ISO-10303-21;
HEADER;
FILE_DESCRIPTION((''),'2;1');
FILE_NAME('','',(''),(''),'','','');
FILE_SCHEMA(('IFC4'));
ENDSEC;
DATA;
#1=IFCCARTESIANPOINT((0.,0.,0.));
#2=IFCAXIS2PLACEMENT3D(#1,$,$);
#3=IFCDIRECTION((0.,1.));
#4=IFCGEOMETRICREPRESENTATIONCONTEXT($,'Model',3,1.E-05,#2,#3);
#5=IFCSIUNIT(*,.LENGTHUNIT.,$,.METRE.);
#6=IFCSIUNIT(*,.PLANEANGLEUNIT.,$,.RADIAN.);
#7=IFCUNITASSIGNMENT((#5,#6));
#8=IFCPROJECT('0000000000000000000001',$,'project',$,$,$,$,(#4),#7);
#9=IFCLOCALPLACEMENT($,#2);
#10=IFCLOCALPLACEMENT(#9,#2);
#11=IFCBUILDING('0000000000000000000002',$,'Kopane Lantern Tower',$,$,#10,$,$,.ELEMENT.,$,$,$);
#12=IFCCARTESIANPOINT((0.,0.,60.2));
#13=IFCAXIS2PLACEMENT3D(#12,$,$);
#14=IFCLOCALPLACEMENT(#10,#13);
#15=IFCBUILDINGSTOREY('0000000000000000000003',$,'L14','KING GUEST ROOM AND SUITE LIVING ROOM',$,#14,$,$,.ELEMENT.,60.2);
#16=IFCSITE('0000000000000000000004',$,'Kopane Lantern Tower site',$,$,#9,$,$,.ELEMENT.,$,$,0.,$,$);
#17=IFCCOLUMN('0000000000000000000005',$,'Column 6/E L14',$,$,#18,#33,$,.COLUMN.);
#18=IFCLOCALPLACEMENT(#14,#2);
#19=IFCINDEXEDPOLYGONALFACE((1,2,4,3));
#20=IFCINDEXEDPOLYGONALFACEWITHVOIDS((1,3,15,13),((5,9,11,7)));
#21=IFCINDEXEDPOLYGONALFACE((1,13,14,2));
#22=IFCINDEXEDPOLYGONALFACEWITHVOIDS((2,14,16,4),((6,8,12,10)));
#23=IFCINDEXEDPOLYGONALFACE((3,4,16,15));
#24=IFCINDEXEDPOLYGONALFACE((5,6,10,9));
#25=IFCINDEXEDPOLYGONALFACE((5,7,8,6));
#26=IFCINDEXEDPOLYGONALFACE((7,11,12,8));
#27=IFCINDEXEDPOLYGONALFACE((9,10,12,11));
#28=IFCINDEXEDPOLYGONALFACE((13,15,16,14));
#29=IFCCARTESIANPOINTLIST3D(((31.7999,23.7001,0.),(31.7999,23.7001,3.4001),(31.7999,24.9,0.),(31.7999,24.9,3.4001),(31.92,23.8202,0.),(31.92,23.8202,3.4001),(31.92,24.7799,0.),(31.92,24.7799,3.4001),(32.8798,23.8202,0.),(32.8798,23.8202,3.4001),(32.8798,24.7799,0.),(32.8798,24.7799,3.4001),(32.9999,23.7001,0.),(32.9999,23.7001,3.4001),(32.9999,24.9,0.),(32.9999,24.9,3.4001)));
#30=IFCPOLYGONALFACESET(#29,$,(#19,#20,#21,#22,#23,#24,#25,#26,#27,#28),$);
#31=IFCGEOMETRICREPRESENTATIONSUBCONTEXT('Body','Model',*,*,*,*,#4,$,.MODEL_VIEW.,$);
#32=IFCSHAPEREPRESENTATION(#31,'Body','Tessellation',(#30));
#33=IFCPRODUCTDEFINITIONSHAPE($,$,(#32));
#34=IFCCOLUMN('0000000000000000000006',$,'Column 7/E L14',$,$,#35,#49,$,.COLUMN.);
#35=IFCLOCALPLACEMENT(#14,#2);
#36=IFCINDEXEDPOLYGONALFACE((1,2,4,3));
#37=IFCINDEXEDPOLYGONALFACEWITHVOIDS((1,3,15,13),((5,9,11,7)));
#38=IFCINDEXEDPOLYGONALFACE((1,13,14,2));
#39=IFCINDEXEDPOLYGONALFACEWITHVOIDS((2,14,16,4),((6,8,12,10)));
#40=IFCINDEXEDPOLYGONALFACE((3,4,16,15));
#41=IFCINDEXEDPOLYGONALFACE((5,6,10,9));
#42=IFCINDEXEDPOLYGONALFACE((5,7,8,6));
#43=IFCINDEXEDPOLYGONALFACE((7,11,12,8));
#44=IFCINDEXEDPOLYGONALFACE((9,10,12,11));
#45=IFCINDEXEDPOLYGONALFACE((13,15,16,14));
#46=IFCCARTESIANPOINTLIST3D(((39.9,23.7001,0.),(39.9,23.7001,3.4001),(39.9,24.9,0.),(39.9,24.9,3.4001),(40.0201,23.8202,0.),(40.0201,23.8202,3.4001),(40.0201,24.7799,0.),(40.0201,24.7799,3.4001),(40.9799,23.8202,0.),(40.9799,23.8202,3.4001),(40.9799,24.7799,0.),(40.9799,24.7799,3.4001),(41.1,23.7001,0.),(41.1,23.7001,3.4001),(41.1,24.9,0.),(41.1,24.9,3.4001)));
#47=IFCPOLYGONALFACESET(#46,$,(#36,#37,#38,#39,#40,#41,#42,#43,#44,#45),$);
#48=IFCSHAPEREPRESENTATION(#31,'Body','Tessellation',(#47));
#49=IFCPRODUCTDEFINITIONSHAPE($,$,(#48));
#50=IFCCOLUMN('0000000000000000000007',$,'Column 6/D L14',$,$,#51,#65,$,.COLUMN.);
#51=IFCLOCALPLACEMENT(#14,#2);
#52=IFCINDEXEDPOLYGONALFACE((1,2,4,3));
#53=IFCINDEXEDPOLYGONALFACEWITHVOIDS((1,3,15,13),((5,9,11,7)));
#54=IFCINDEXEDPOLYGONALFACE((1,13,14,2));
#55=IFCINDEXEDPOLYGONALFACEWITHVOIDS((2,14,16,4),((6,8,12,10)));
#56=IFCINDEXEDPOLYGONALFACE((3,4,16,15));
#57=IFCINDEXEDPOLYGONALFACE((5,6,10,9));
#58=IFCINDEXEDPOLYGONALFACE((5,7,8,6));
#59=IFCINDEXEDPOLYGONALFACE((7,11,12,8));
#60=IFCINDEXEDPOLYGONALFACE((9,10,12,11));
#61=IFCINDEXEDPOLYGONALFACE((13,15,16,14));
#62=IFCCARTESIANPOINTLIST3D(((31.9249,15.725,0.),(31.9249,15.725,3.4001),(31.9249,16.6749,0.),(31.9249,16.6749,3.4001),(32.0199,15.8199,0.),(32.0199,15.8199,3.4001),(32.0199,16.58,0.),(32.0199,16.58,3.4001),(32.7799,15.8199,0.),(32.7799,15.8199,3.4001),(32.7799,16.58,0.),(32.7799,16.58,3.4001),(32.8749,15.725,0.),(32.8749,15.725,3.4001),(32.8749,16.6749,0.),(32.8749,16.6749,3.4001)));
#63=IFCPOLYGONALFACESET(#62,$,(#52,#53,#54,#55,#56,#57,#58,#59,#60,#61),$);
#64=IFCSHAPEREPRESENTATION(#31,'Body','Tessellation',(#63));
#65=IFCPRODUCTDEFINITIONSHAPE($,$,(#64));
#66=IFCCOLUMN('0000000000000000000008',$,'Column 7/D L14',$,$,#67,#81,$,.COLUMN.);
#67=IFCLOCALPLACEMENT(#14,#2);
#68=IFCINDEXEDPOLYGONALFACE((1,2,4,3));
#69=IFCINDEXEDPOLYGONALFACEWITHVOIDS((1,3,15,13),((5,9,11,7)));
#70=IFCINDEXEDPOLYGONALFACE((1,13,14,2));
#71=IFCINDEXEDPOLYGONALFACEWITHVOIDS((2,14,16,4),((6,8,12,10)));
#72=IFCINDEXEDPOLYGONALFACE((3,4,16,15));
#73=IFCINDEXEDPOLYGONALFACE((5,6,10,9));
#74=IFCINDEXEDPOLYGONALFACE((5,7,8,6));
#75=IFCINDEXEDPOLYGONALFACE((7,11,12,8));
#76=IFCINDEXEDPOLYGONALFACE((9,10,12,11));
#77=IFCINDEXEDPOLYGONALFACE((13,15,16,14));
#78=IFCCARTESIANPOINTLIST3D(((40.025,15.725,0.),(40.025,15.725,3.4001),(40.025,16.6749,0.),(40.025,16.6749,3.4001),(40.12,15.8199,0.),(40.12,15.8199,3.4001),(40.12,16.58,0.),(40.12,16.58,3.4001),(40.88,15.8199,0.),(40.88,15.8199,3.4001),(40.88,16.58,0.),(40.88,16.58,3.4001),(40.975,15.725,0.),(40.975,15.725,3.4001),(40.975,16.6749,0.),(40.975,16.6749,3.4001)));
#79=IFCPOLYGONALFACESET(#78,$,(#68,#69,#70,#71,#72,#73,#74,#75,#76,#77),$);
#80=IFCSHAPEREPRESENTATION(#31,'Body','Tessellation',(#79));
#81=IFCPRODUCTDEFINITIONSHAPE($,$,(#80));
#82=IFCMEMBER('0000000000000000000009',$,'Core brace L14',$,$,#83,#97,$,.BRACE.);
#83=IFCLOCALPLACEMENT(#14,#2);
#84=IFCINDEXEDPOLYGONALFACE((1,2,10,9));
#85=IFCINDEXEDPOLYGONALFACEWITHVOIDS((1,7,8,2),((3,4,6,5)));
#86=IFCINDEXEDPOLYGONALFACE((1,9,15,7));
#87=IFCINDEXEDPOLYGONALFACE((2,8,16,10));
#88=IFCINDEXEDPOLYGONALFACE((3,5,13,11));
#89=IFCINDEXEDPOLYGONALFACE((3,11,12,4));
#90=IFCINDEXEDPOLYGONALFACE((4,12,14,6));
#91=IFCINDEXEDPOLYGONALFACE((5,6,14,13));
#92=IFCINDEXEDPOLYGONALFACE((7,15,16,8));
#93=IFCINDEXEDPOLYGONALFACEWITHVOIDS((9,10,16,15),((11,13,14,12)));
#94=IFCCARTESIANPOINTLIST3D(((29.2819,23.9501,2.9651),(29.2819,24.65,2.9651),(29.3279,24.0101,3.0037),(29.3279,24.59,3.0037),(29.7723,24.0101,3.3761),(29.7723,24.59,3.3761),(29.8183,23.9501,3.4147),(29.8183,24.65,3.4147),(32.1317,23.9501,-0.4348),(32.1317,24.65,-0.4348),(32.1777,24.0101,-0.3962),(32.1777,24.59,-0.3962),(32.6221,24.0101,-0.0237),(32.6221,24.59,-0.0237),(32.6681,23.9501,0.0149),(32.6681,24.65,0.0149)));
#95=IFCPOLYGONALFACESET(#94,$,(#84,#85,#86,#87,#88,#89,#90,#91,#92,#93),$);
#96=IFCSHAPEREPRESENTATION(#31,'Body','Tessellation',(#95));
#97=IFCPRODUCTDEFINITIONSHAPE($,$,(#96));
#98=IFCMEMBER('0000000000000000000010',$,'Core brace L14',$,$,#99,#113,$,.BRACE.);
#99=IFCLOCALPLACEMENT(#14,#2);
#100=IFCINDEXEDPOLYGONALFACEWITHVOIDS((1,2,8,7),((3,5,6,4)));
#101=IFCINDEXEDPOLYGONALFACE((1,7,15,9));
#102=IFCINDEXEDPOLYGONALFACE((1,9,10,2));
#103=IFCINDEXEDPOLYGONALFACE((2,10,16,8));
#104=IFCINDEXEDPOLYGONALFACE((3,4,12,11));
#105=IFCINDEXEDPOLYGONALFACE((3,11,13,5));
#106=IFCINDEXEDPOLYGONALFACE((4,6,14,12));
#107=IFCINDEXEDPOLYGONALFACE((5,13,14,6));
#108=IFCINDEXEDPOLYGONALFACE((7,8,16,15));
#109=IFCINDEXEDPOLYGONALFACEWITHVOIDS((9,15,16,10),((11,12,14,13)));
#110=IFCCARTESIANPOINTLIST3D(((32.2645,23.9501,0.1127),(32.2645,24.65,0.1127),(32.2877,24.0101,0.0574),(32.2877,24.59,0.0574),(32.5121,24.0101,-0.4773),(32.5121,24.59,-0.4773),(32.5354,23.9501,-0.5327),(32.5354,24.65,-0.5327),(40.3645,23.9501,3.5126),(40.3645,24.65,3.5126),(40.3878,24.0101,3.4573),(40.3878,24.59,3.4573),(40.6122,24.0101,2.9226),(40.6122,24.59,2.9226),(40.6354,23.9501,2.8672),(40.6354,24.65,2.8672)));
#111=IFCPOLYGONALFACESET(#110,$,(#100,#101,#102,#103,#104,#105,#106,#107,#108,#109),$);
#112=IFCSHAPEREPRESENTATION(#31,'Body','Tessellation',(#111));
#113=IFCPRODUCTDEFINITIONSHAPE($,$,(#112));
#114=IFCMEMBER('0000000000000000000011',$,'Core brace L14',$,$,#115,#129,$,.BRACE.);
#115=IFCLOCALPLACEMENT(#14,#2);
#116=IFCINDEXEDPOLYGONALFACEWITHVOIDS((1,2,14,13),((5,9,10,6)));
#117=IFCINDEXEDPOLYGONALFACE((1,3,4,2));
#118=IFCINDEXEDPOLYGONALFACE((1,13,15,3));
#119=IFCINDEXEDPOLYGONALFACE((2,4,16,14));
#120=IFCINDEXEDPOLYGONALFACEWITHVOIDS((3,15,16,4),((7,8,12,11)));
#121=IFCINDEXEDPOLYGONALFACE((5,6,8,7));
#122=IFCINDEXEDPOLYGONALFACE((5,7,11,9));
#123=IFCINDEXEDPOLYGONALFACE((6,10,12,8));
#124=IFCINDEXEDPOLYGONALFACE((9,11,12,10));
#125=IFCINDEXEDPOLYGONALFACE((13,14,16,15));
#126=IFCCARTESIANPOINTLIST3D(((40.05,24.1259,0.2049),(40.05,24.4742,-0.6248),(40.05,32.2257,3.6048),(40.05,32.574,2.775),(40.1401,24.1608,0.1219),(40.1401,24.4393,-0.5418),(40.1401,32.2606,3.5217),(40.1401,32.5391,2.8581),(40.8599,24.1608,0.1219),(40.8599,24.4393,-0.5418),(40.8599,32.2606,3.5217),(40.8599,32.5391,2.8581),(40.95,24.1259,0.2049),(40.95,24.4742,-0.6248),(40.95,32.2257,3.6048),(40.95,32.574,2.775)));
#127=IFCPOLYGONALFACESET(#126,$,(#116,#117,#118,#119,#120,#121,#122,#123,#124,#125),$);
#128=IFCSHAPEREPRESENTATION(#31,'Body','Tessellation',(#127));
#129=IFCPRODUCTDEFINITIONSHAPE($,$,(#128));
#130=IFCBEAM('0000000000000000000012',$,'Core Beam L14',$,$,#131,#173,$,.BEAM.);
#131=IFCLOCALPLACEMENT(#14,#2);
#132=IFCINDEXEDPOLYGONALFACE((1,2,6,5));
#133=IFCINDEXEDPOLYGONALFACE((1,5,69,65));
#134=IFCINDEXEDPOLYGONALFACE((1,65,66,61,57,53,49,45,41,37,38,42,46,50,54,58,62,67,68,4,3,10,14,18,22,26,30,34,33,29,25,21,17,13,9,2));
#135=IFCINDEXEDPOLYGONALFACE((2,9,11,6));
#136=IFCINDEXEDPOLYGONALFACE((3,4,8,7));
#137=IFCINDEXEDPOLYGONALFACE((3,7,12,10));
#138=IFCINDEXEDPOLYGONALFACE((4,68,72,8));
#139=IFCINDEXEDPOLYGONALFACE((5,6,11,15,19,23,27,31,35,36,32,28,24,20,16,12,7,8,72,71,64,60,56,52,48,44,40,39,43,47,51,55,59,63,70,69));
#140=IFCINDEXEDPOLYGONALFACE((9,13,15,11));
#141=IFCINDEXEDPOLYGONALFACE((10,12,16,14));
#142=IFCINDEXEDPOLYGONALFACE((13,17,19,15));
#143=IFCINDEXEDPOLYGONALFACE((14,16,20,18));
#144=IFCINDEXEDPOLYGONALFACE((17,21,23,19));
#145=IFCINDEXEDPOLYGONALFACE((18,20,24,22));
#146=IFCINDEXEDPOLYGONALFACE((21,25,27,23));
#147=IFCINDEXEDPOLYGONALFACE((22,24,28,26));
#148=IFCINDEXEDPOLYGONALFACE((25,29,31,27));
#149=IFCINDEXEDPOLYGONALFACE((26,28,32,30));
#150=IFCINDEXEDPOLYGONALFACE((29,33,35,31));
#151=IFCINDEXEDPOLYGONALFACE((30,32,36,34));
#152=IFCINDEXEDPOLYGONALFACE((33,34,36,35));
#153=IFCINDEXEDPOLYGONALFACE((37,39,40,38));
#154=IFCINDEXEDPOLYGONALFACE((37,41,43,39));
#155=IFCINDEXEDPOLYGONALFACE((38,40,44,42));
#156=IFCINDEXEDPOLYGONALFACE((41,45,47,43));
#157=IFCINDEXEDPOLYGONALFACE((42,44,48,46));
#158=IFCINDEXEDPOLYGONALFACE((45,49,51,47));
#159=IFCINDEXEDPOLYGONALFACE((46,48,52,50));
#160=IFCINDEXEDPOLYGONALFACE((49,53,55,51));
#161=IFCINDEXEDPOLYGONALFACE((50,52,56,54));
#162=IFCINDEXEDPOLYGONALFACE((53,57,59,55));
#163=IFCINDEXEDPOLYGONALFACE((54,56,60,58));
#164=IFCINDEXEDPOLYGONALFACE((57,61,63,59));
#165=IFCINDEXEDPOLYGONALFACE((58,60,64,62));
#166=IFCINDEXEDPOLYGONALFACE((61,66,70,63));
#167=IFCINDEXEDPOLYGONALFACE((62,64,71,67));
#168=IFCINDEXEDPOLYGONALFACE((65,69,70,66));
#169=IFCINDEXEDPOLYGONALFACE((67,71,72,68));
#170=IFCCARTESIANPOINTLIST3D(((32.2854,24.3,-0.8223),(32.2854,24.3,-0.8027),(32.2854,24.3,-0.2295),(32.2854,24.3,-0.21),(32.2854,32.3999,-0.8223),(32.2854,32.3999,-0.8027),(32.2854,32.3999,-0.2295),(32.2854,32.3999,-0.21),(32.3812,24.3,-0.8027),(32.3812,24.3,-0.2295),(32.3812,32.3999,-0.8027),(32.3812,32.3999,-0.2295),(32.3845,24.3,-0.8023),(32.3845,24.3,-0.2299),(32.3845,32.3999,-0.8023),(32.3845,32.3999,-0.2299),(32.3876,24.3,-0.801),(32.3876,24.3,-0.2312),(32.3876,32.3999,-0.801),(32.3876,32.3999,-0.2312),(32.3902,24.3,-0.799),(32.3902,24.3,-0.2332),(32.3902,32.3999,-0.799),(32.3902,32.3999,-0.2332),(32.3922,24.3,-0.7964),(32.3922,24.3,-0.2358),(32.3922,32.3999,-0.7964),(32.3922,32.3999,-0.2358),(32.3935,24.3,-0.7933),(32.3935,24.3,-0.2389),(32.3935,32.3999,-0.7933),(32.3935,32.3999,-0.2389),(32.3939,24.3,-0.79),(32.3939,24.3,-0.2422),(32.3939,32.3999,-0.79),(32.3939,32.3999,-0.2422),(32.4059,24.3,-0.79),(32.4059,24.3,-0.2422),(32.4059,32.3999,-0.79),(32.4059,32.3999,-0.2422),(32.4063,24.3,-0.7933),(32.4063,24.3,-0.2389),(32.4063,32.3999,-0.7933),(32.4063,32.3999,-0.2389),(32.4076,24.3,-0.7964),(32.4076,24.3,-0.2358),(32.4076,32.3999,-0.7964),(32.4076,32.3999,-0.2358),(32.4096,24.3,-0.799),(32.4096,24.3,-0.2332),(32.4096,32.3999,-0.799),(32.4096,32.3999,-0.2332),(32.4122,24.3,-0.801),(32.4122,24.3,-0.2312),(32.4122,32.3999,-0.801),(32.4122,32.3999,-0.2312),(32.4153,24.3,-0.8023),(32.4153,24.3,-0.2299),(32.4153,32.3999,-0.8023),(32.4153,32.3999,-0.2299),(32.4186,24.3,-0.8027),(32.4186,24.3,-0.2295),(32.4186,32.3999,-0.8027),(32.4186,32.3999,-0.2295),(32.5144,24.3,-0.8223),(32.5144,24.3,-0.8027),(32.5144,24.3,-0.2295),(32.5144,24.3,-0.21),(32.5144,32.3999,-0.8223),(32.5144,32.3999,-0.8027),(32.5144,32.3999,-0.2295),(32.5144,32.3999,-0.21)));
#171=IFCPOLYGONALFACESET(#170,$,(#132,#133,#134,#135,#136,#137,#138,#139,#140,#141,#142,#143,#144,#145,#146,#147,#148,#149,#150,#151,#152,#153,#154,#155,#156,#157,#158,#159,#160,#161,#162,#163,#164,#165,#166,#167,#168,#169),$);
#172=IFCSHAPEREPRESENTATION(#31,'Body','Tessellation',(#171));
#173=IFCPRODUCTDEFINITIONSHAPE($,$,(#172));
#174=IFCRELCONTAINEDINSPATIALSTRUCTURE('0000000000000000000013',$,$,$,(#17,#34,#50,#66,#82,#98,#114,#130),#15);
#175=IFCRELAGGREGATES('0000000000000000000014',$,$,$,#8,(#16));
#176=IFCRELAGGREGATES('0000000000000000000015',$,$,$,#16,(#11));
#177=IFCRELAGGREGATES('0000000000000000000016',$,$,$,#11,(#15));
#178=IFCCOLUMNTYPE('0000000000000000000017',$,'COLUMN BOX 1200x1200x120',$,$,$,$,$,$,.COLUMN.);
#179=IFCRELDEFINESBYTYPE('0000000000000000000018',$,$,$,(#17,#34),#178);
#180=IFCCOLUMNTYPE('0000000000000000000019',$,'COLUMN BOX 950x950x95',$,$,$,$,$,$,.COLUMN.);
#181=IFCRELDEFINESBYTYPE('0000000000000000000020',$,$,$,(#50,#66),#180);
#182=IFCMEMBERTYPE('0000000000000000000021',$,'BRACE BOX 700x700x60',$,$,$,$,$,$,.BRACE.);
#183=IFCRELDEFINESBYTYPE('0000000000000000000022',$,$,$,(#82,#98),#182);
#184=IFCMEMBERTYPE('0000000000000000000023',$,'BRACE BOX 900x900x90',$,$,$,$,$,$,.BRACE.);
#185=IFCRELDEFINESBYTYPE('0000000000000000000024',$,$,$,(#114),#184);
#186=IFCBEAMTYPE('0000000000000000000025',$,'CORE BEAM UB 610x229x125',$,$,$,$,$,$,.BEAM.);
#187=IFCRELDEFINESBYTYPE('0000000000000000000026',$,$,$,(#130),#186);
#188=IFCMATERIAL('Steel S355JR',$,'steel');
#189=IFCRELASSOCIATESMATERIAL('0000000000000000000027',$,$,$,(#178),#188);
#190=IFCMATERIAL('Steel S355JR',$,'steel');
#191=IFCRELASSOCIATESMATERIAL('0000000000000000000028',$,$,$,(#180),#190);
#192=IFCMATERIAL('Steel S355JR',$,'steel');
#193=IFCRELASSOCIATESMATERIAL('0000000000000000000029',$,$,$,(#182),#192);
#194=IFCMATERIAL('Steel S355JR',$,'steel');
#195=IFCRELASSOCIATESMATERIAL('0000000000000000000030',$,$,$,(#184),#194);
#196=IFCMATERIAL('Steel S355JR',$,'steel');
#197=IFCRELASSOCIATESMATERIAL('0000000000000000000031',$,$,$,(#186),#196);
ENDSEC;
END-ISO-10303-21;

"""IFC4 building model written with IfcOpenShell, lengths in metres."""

from ifc_helpers import new_model, si_unit, direction, frame, origin, origin_2d, place, context, subcontext, project, spatial, hollow_rectangle, i_section, extrude, material, material_profile, profile_set, type_object, element, save


model = new_model("IFC4")

# Units and contexts
model_context = context("Model", 3, precision=1e-05, world=origin(), true_north=direction((0.0, 1.0)))
body_context = subcontext(model_context, "Body", "Model", "MODEL_VIEW")
ifc_project = project(units=[si_unit("LENGTHUNIT", "METRE"), si_unit("PLANEANGLEUNIT", "RADIAN")], contexts=[model_context])

# Site, building, storey
site_placement = place(None, origin())
site = spatial("IfcSite", under=ifc_project, at=site_placement, Name="Kopane Lantern Tower site", CompositionType="ELEMENT", RefElevation=0.0)
building_placement = place(site_placement, origin())
building = spatial("IfcBuilding", under=site, at=building_placement, Name="Kopane Lantern Tower", CompositionType="ELEMENT")
storey_placement = place(building_placement, frame((0.0, 0.0, 60.2)))
storey = spatial("IfcBuildingStorey", under=building, at=storey_placement, Name="L14", Description="KING GUEST ROOM AND SUITE LIVING ROOM", CompositionType="ELEMENT", Elevation=60.2)

# Columns
ifc_material_1 = material(Name="Steel S355JR", Category="steel")
ifc_material_profile_1 = material_profile(ifc_material_1, hollow_rectangle(XDim=1.2, YDim=1.2, WallThickness=0.1201, at=origin_2d()), Name="BOX 1200x1200x120")
ifc_profile_set_1 = profile_set([ifc_material_profile_1], Name="Steel S355JR")
column_type_1 = type_object("IfcColumnType", Name="COLUMN BOX 1200x1200x120", PredefinedType="COLUMN", material=ifc_profile_set_1)
for number, where, z_axis, x_axis, name in (
    (1, (32.3999, 24.3, 0.0), (0.0, 0.0, 1.0), (1.0, 0.0, 0.0), "Column 6/E L14"),
    (2, (40.5, 24.3, 0.0), (0.0, 0.0, 1.0), (1.0, 0.0, 0.0), "Column 7/E L14"),
):
    element("IfcColumn", number, at=place(storey_placement, frame(where, z_axis=z_axis, x_axis=x_axis)), inside=storey, type_object=column_type_1, Name=name, PredefinedType="COLUMN", context=body_context, shape_type="SweptSolid", body=[
        extrude(hollow_rectangle(XDim=1.2, YDim=1.2, WallThickness=0.1201, at=origin_2d()), origin(), (0.0, 0.0, 1.0), 3.4001),
    ])
ifc_material_2 = material(Name="Steel S355JR", Category="steel")
ifc_material_profile_2 = material_profile(ifc_material_2, hollow_rectangle(XDim=0.95, YDim=0.95, WallThickness=0.095, at=origin_2d()), Name="BOX 950x950x95")
ifc_profile_set_2 = profile_set([ifc_material_profile_2], Name="Steel S355JR")
column_type_2 = type_object("IfcColumnType", Name="COLUMN BOX 950x950x95", PredefinedType="COLUMN", material=ifc_profile_set_2)
for number, where, z_axis, x_axis, name in (
    (3, (32.3999, 16.2, 0.0), (0.0, 0.0, 1.0), (1.0, 0.0, 0.0), "Column 6/D L14"),
    (4, (40.5, 16.2, 0.0), (0.0, 0.0, 1.0), (1.0, 0.0, 0.0), "Column 7/D L14"),
):
    element("IfcColumn", number, at=place(storey_placement, frame(where, z_axis=z_axis, x_axis=x_axis)), inside=storey, type_object=column_type_2, Name=name, PredefinedType="COLUMN", context=body_context, shape_type="SweptSolid", body=[
        extrude(hollow_rectangle(XDim=0.95, YDim=0.95, WallThickness=0.095, at=origin_2d()), origin(), (0.0, 0.0, 1.0), 3.4001),
    ])

# Members
ifc_material_3 = material(Name="Steel S355JR", Category="steel")
ifc_material_profile_3 = material_profile(ifc_material_3, hollow_rectangle(XDim=0.7, YDim=0.7, WallThickness=0.0601, at=origin_2d()), Name="BOX 700x700x60")
ifc_profile_set_3 = profile_set([ifc_material_profile_3], Name="Steel S355JR")
member_type_1 = type_object("IfcMemberType", Name="BRACE BOX 700x700x60", PredefinedType="BRACE", material=ifc_profile_set_3)
member_1_placement = place(storey_placement, frame((32.3999, 24.3, -0.21), z_axis=(-0.64239, 0.0, 0.766378), x_axis=(0.0, -1.0, 0.0)))
element("IfcMember", 5, at=member_1_placement, inside=storey, type_object=member_type_1, Name="Core brace L14", PredefinedType="BRACE", context=body_context, shape_type="SweptSolid", body=[
    extrude(hollow_rectangle(XDim=0.7, YDim=0.7, WallThickness=0.0601, at=origin_2d()), origin(), (0.0, 0.0, 1.0), 4.4363),
])
member_2_placement = place(storey_placement, frame((32.3999, 24.3, -0.21), z_axis=(0.922069, 0.0, 0.387026), x_axis=(0.0, 1.0, 0.0)))
element("IfcMember", 6, at=member_2_placement, inside=storey, type_object=member_type_1, Name="Core brace L14", PredefinedType="BRACE", context=body_context, shape_type="SweptSolid", body=[
    extrude(hollow_rectangle(XDim=0.7, YDim=0.7, WallThickness=0.0601, at=origin_2d()), origin(), (0.0, 0.0, 1.0), 8.7847),
])
ifc_material_4 = material(Name="Steel S355JR", Category="steel")
ifc_material_profile_4 = material_profile(ifc_material_4, hollow_rectangle(XDim=0.8999, YDim=0.8999, WallThickness=0.0901, at=origin_2d()), Name="BOX 900x900x90")
ifc_profile_set_4 = profile_set([ifc_material_profile_4], Name="Steel S355JR")
member_type_2 = type_object("IfcMemberType", Name="BRACE BOX 900x900x90", PredefinedType="BRACE", material=ifc_profile_set_4)
member_3_placement = place(storey_placement, frame((40.5, 24.3, -0.21), z_axis=(0.0, 0.922065, 0.387035), x_axis=(-1.0, 0.0, 0.0)))
element("IfcMember", 7, at=member_3_placement, inside=storey, type_object=member_type_2, Name="Core brace L14", PredefinedType="BRACE", context=body_context, shape_type="SweptSolid", body=[
    extrude(hollow_rectangle(XDim=0.8999, YDim=0.8999, WallThickness=0.0901, at=origin_2d()), origin(), (0.0, 0.0, 1.0), 8.7844),
])

# Beam
ifc_material_5 = material(Name="Steel S355JR", Category="steel")
ifc_material_profile_5 = material_profile(ifc_material_5, i_section(OverallWidth=0.229, OverallDepth=0.6123, WebThickness=0.012, FlangeThickness=0.0195, FilletRadius=0.0127, at=origin_2d()), Name="UB 610x229x125")
ifc_profile_set_5 = profile_set([ifc_material_profile_5], Name="Steel S355JR")
beam_type_1 = type_object("IfcBeamType", Name="CORE BEAM UB 610x229x125", PredefinedType="BEAM", material=ifc_profile_set_5)
beam_1_placement = place(storey_placement, frame((32.3999, 24.3, -0.5161), z_axis=(0.0, 1.0, 0.0), x_axis=(-1.0, 0.0, 0.0)))
element("IfcBeam", 8, at=beam_1_placement, inside=storey, type_object=beam_type_1, Name="Core Beam L14", PredefinedType="BEAM", context=body_context, shape_type="SweptSolid", body=[
    extrude(i_section(OverallWidth=0.229, OverallDepth=0.6123, WebThickness=0.012, FlangeThickness=0.0195, FilletRadius=0.0127, at=origin_2d()), origin(), (0.0, 0.0, 1.0), 8.0999),
])

save(model, "model.ifc")
